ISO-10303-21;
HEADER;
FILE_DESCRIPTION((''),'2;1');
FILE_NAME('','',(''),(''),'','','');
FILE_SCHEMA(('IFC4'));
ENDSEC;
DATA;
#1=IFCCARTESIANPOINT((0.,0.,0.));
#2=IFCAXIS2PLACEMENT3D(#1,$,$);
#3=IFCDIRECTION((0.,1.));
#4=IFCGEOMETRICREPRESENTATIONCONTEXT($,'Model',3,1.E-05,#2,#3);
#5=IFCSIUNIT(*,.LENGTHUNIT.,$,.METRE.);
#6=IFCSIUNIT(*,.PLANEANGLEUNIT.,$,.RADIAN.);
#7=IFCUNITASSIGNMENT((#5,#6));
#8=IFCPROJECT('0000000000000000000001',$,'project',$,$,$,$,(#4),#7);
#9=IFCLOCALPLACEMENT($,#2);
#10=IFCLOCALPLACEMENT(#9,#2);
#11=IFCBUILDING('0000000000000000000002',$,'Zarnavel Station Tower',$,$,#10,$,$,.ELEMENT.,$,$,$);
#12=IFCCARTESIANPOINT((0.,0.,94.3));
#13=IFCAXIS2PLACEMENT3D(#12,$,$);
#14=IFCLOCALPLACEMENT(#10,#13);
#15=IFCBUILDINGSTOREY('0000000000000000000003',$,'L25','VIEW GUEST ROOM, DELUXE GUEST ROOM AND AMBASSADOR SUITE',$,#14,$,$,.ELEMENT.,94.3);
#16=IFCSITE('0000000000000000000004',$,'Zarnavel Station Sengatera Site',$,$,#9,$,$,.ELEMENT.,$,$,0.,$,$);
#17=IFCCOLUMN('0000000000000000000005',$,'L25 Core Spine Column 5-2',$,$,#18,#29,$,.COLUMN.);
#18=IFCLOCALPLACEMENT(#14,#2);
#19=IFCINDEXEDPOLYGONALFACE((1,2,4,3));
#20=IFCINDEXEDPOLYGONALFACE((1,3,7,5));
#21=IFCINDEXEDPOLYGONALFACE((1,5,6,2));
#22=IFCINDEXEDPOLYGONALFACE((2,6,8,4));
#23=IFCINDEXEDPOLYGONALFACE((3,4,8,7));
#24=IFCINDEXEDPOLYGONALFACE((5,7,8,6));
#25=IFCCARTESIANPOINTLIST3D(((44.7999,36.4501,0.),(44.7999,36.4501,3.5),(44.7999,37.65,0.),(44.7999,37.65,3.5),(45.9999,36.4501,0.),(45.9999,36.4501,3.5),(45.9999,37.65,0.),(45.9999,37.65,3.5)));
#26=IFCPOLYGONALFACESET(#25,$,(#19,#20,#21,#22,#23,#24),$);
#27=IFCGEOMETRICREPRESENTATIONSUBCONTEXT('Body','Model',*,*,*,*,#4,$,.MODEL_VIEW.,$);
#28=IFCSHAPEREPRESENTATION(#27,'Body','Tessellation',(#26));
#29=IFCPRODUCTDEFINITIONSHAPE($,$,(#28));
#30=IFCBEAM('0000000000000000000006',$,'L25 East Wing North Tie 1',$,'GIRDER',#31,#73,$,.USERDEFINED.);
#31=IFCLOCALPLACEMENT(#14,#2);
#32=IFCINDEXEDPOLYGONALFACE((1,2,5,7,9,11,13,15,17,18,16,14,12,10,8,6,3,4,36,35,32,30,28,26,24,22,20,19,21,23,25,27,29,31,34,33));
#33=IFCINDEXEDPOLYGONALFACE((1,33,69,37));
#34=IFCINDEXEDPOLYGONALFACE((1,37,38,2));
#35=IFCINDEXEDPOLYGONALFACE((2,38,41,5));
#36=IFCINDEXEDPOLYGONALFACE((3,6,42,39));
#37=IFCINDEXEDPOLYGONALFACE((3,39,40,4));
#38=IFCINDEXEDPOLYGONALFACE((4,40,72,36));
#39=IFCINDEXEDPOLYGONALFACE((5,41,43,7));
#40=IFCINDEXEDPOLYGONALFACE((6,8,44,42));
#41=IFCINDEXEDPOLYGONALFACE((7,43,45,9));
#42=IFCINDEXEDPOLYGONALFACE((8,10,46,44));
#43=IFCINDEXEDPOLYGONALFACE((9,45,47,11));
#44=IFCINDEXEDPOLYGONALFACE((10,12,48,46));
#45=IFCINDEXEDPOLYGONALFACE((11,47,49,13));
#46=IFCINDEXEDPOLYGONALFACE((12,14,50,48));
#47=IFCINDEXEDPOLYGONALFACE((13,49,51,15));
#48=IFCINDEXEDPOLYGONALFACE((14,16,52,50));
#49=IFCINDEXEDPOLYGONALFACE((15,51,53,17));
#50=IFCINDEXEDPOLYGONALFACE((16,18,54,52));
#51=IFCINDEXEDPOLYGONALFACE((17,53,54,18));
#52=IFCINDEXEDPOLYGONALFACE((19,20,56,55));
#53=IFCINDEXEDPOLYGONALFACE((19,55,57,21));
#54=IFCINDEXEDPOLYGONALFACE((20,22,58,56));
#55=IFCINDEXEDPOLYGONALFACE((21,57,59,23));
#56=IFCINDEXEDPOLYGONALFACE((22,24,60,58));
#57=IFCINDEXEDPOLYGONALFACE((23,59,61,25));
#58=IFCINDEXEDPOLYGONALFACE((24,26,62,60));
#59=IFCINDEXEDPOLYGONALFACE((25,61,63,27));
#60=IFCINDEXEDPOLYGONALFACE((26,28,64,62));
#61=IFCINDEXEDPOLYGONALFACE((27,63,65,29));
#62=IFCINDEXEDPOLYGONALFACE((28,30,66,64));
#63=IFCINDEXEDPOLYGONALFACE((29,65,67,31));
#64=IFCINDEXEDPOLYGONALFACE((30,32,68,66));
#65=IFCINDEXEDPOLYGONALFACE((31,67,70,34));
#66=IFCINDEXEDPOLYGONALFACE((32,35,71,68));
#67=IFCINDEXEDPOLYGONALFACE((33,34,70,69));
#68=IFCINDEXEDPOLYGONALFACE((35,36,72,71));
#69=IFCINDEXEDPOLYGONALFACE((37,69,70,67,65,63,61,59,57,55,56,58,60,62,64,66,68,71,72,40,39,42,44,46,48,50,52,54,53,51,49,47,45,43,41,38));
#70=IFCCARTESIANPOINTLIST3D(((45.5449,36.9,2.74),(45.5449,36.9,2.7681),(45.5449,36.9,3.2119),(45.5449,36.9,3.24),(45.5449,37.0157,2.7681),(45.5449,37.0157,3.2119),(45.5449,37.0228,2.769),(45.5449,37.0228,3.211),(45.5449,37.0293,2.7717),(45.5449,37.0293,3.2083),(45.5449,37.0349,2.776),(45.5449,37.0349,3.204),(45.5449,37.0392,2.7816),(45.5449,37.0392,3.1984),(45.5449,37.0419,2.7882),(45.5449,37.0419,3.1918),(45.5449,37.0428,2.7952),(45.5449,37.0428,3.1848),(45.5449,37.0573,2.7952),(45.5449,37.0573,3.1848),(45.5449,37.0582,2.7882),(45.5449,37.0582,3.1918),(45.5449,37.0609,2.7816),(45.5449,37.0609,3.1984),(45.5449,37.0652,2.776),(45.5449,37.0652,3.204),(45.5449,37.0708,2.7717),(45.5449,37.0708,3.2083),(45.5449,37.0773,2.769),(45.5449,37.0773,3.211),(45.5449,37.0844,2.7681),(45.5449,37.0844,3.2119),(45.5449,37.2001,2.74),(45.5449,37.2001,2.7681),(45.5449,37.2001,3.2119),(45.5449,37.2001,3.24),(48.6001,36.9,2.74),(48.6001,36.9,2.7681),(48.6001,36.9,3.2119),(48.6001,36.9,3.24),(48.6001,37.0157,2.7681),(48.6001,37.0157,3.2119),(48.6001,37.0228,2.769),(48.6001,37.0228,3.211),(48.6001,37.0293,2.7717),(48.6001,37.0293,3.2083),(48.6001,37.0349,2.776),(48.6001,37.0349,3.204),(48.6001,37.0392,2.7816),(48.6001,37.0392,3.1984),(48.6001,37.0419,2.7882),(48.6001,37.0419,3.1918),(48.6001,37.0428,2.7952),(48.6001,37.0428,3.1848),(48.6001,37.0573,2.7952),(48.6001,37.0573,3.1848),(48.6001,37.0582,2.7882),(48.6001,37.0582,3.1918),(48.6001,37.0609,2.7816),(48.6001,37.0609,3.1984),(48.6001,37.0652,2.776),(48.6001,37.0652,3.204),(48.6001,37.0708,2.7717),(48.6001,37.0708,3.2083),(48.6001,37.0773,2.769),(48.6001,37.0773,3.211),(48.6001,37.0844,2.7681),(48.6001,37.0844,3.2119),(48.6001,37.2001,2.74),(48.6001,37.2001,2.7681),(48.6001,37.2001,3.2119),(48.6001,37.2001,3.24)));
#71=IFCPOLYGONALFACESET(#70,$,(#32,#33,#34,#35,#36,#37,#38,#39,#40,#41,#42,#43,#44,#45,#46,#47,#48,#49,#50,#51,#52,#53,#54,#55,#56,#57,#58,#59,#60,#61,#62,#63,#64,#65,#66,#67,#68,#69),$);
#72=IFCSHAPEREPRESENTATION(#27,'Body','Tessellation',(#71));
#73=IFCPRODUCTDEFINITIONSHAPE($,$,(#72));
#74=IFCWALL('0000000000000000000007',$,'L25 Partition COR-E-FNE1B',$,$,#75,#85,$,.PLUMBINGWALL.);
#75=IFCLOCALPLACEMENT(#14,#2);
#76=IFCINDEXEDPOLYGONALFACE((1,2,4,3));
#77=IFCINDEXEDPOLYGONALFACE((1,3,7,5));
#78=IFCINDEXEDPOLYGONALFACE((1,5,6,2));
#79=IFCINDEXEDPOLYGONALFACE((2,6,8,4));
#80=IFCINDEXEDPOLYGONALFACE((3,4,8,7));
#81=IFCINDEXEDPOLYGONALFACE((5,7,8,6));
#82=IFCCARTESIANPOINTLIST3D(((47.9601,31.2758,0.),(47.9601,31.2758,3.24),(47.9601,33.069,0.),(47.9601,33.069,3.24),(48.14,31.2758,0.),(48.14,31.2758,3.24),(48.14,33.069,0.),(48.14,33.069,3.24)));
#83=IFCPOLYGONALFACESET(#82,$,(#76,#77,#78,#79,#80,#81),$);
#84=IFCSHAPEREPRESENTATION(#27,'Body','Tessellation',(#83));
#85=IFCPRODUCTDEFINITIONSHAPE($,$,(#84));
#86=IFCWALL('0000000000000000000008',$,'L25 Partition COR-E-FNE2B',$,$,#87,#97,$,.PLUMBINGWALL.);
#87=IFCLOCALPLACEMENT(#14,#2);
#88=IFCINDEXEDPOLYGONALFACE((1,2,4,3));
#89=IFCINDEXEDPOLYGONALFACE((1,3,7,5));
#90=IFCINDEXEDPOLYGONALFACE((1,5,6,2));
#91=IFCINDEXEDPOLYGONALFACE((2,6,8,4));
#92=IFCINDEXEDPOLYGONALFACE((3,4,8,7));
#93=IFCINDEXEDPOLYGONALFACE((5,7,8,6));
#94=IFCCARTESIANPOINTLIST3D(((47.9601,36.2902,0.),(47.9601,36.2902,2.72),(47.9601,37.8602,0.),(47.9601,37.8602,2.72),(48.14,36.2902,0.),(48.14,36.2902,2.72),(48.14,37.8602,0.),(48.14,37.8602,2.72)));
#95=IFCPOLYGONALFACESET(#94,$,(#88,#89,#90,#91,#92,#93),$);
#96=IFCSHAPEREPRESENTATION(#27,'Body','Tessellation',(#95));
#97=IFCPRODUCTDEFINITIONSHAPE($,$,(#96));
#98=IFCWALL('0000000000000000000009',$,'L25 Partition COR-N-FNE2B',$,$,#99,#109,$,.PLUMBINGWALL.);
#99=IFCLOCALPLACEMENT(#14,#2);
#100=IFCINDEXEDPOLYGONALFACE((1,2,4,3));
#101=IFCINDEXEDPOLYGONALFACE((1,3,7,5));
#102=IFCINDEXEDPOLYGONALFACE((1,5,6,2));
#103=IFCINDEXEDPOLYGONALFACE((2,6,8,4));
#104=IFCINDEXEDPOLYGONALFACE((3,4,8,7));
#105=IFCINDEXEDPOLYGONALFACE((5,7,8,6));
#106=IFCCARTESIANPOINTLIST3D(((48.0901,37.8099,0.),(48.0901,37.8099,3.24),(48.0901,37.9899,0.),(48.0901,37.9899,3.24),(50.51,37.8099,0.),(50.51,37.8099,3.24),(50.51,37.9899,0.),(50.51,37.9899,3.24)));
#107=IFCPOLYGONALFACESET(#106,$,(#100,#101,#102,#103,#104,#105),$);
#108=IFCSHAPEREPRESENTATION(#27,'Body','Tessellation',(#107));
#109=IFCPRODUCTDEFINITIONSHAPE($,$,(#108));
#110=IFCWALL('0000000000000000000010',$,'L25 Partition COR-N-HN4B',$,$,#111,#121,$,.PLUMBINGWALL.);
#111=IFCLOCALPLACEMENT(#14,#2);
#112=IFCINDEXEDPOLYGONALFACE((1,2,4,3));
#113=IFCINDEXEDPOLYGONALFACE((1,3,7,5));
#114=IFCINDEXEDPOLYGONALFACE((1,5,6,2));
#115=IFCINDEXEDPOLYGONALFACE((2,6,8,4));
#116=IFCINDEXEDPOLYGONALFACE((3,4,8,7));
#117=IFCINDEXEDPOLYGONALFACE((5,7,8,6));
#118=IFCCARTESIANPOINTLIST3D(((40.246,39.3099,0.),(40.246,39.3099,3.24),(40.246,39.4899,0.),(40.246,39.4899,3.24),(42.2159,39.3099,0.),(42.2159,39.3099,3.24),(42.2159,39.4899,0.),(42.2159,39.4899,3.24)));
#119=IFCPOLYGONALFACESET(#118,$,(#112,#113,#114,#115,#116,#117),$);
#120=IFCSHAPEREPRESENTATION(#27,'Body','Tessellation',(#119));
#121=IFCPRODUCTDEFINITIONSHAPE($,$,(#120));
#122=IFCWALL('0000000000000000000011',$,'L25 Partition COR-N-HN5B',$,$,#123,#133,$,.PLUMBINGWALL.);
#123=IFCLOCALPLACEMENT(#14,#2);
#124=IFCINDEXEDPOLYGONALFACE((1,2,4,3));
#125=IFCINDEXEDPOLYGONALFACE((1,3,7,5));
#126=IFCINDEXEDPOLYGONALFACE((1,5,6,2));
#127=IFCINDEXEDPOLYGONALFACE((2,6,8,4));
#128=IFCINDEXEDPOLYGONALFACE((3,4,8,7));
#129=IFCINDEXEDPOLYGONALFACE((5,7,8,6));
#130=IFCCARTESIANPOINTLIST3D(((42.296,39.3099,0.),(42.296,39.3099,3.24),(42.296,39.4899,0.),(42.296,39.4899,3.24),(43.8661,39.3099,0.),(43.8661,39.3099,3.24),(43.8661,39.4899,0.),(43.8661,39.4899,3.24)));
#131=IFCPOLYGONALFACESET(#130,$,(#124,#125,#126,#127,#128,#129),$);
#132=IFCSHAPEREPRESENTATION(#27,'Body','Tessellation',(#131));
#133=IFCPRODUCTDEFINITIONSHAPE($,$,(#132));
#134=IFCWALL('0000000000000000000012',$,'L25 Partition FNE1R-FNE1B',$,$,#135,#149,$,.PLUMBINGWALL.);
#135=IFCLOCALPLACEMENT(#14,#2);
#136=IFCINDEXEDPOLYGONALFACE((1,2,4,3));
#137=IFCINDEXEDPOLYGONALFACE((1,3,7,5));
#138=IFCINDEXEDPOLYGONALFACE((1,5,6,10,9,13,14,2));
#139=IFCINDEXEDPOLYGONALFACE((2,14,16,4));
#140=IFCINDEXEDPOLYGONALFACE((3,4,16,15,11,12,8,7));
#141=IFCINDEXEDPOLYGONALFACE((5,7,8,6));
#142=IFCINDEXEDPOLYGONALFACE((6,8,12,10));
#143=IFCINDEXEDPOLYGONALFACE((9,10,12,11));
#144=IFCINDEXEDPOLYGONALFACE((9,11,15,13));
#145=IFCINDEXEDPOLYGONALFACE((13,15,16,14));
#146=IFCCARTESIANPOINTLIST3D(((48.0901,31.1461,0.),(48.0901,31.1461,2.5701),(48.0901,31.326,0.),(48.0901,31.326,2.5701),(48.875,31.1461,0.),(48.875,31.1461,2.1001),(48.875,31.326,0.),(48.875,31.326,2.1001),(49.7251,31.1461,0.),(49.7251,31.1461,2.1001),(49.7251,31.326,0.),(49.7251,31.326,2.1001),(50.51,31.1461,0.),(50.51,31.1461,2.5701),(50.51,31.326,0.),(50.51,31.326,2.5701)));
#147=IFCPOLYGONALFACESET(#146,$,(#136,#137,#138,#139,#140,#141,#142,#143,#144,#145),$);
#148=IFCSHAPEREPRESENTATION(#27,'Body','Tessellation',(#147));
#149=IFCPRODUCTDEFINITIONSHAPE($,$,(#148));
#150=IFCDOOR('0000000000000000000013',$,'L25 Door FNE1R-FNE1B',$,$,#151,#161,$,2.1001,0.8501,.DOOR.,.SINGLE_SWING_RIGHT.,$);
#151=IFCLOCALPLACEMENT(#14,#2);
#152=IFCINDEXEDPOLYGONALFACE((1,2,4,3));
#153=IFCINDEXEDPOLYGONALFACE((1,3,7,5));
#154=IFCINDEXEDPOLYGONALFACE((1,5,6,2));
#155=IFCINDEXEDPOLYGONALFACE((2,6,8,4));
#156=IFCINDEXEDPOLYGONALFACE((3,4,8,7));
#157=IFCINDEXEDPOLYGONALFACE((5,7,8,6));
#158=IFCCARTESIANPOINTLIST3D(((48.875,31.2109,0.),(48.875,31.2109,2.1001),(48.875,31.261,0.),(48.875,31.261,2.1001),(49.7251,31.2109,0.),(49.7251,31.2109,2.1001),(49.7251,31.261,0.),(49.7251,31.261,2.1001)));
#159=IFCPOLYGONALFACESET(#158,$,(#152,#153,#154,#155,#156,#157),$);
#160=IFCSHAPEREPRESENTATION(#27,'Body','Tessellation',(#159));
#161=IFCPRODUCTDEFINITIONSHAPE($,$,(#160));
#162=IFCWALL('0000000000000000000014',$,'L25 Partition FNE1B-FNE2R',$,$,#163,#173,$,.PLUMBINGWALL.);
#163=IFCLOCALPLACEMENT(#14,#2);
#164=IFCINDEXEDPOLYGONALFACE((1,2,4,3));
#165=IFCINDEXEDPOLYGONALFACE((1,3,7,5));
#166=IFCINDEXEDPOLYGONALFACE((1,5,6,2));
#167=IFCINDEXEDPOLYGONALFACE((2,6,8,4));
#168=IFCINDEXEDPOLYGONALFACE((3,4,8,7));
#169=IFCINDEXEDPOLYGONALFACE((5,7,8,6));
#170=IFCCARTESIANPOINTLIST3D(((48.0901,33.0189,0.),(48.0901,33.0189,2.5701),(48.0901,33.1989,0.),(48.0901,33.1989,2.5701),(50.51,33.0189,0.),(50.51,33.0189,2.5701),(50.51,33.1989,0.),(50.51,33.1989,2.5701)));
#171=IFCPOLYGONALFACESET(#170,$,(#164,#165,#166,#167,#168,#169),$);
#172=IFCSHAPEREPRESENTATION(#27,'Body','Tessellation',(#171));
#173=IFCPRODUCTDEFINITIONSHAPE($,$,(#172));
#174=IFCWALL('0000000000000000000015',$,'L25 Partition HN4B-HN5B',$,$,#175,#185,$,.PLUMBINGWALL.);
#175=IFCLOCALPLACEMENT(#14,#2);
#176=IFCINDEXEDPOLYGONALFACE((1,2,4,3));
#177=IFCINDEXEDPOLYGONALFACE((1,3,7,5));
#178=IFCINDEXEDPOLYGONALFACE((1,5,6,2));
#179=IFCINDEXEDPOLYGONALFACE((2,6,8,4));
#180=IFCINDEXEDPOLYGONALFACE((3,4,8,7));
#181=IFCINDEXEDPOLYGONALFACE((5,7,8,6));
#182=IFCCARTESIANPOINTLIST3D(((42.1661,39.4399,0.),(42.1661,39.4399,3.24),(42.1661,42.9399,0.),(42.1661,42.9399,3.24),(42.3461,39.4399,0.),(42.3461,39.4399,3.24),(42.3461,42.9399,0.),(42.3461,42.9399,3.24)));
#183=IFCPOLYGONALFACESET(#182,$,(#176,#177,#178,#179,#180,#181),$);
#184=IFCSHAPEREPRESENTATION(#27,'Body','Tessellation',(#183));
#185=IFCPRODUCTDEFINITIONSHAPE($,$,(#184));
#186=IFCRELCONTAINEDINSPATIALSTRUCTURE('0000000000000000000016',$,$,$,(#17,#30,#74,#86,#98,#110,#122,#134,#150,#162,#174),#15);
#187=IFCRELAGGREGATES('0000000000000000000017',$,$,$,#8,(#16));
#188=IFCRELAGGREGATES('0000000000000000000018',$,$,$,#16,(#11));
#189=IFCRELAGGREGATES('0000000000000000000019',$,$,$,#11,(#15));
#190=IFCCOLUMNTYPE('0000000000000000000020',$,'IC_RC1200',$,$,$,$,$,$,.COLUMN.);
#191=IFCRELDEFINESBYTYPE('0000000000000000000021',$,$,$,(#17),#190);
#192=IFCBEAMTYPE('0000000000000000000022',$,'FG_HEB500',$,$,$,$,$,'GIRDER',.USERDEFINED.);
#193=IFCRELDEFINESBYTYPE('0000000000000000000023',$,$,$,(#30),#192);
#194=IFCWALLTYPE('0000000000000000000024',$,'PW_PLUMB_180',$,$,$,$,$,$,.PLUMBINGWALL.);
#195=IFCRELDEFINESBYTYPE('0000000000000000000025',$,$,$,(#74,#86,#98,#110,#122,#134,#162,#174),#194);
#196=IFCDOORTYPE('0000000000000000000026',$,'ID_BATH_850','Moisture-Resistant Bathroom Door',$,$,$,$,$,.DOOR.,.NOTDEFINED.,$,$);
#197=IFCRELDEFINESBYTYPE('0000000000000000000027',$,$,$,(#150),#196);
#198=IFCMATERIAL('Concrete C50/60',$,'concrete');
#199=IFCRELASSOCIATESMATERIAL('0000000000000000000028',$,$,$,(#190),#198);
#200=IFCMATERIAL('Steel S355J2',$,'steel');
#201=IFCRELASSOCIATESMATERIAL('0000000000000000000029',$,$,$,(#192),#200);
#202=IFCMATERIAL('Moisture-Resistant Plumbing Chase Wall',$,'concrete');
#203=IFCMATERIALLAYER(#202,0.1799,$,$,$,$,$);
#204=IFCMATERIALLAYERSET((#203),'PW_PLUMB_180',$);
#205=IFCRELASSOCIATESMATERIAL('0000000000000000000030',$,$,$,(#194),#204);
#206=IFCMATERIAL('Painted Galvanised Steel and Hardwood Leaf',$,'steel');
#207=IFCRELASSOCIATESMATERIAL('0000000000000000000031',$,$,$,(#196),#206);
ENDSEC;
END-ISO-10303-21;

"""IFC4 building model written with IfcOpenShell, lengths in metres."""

from ifc_helpers import new_model, si_unit, direction, frame, frame_2d, origin, origin_2d, place, context, subcontext, project, spatial, rectangle, i_section, extrude, material, layer, layer_set, material_profile, profile_set, type_object, element, fill, save


model = new_model("IFC4")

# Units and contexts
model_context = context("Model", 3, precision=1e-05, world=origin(), true_north=direction((0.0, 1.0)))
body_context = subcontext(model_context, "Body", "Model", "MODEL_VIEW")
ifc_project = project(units=[si_unit("LENGTHUNIT", "METRE"), si_unit("PLANEANGLEUNIT", "RADIAN")], contexts=[model_context])

# Site, building, storey
site_placement = place(None, origin())
site = spatial("IfcSite", under=ifc_project, at=site_placement, Name="Zarnavel Station Sengatera Site", CompositionType="ELEMENT", RefElevation=0.0)
building_placement = place(site_placement, origin())
building = spatial("IfcBuilding", under=site, at=building_placement, Name="Zarnavel Station Tower", CompositionType="ELEMENT")
storey_placement = place(building_placement, frame((0.0, 0.0, 94.3)))
storey = spatial("IfcBuildingStorey", under=building, at=storey_placement, Name="L25", Description="VIEW GUEST ROOM, DELUXE GUEST ROOM AND AMBASSADOR SUITE", CompositionType="ELEMENT", Elevation=94.3)

# Column
ifc_material_1 = material(Name="Concrete C50/60", Category="concrete")
ifc_material_profile_1 = material_profile(ifc_material_1, rectangle(XDim=1.2, YDim=1.2, at=origin_2d()), Name="RC1200x1200")
ifc_profile_set_1 = profile_set([ifc_material_profile_1], Name="Concrete C50/60")
column_type = type_object("IfcColumnType", Name="IC_RC1200", PredefinedType="COLUMN", material=ifc_profile_set_1)
column_placement = place(storey_placement, frame((45.3999, 37.05, 0.0), z_axis=(0.0, 0.0, 1.0), x_axis=(1.0, 0.0, 0.0)))
element("IfcColumn", 1, at=column_placement, inside=storey, type_object=column_type, Name="L25 Core Spine Column 5-2", PredefinedType="COLUMN", context=body_context, shape_type="SweptSolid", body=[
    extrude(rectangle(XDim=1.2, YDim=1.2, at=origin_2d()), origin(), (0.0, 0.0, 1.0), 3.5),
])

# Beam
ifc_material_2 = material(Name="Steel S355J2", Category="steel")
ifc_material_profile_2 = material_profile(ifc_material_2, i_section(OverallWidth=0.3, OverallDepth=0.5, WebThickness=0.0144, FlangeThickness=0.0281, FilletRadius=0.0271, at=origin_2d()), Name="HEB500")
ifc_profile_set_2 = profile_set([ifc_material_profile_2], Name="Steel S355J2")
beam_type = type_object("IfcBeamType", Name="FG_HEB500", ElementType="GIRDER", PredefinedType="USERDEFINED", material=ifc_profile_set_2)
beam_placement = place(storey_placement, frame((45.5449, 37.05, 2.99), z_axis=(1.0, 0.0, 0.0), x_axis=(0.0, 1.0, 0.0)))
element("IfcBeam", 2, at=beam_placement, inside=storey, type_object=beam_type, Name="L25 East Wing North Tie 1", ObjectType="GIRDER", PredefinedType="USERDEFINED", context=body_context, shape_type="SweptSolid", body=[
    extrude(i_section(OverallWidth=0.3, OverallDepth=0.5, WebThickness=0.0144, FlangeThickness=0.0281, FilletRadius=0.0271, at=origin_2d()), origin(), (0.0, 0.0, 1.0), 3.0552),
])

# Walls
ifc_material_3 = material(Name="Moisture-Resistant Plumbing Chase Wall", Category="concrete")
ifc_layer_1 = layer(ifc_material_3, 0.1799)
ifc_layer_set_1 = layer_set([ifc_layer_1], Name="PW_PLUMB_180")
wall_type_1 = type_object("IfcWallType", Name="PW_PLUMB_180", PredefinedType="PLUMBINGWALL", material=ifc_layer_set_1)
wall_1_placement = place(storey_placement, frame((48.05, 31.2759, 0.0), z_axis=(0.0, 0.0, 1.0), x_axis=(0.0, 1.0, 0.0)))
element("IfcWall", 3, at=wall_1_placement, inside=storey, type_object=wall_type_1, Name="L25 Partition COR-E-FNE1B", PredefinedType="PLUMBINGWALL", context=body_context, shape_type="SweptSolid", body=[
    extrude(rectangle(XDim=1.7932, YDim=0.1799, at=frame_2d((0.8965, 0.0))), origin(), (0.0, 0.0, 1.0), 3.24),
])
wall_2_placement = place(storey_placement, frame((48.05, 36.29, 0.0), z_axis=(0.0, 0.0, 1.0), x_axis=(0.0, 1.0, 0.0)))
element("IfcWall", 4, at=wall_2_placement, inside=storey, type_object=wall_type_1, Name="L25 Partition COR-E-FNE2B", PredefinedType="PLUMBINGWALL", context=body_context, shape_type="SweptSolid", body=[
    extrude(rectangle(XDim=1.5701, YDim=0.1799, at=frame_2d((0.7852, 0.0))), origin(), (0.0, 0.0, 1.0), 2.72),
])
wall_3_placement = place(storey_placement, frame((48.0901, 37.8999, 0.0), z_axis=(0.0, 0.0, 1.0), x_axis=(1.0, 0.0, 0.0)))
element("IfcWall", 5, at=wall_3_placement, inside=storey, type_object=wall_type_1, Name="L25 Partition COR-N-FNE2B", PredefinedType="PLUMBINGWALL", context=body_context, shape_type="SweptSolid", body=[
    extrude(rectangle(XDim=2.4199, YDim=0.1799, at=frame_2d((1.21, 0.0))), origin(), (0.0, 0.0, 1.0), 3.24),
])
wall_4_placement = place(storey_placement, frame((40.2461, 39.3999, 0.0), z_axis=(0.0, 0.0, 1.0), x_axis=(1.0, 0.0, 0.0)))
element("IfcWall", 6, at=wall_4_placement, inside=storey, type_object=wall_type_1, Name="L25 Partition COR-N-HN4B", PredefinedType="PLUMBINGWALL", context=body_context, shape_type="SweptSolid", body=[
    extrude(rectangle(XDim=1.97, YDim=0.1799, at=frame_2d((0.9849, 0.0))), origin(), (0.0, 0.0, 1.0), 3.24),
])
wall_5_placement = place(storey_placement, frame((42.2959, 39.3999, 0.0), z_axis=(0.0, 0.0, 1.0), x_axis=(1.0, 0.0, 0.0)))
element("IfcWall", 7, at=wall_5_placement, inside=storey, type_object=wall_type_1, Name="L25 Partition COR-N-HN5B", PredefinedType="PLUMBINGWALL", context=body_context, shape_type="SweptSolid", body=[
    extrude(rectangle(XDim=1.5701, YDim=0.1799, at=frame_2d((0.7852, 0.0))), origin(), (0.0, 0.0, 1.0), 3.24),
])

# Wall, opening, door
wall_6_placement = place(storey_placement, frame((48.0901, 31.2361, 0.0), z_axis=(0.0, 0.0, 1.0), x_axis=(1.0, 0.0, 0.0)))
wall_6 = element("IfcWall", 8, at=wall_6_placement, inside=storey, type_object=wall_type_1, Name="L25 Partition FNE1R-FNE1B", PredefinedType="PLUMBINGWALL", context=body_context, shape_type="SweptSolid", body=[
    extrude(rectangle(XDim=2.4199, YDim=0.1799, at=frame_2d((1.21, 0.0))), origin(), (0.0, 0.0, 1.0), 2.5701),
])
opening_1_placement = place(wall_6_placement, frame((0.7849, 0.0, 0.0)))
opening_1 = element("IfcOpeningElement", 9, at=opening_1_placement, cuts=wall_6, PredefinedType="OPENING", context=body_context, shape_type="SweptSolid", body=[
    extrude(rectangle(XDim=0.8501, YDim=2.1001, at=frame_2d((0.425, 1.05))), frame((0.0, 0.0999, 0.0), z_axis=(0.0, -1.0, 0.0), x_axis=(1.0, 0.0, 0.0)), (0.0, 0.0, 1.0), 0.2),
])
ifc_material_4 = material(Name="Painted Galvanised Steel and Hardwood Leaf", Category="steel")
door_type_1 = type_object("IfcDoorType", Name="ID_BATH_850", Description="Moisture-Resistant Bathroom Door", OperationType="NOTDEFINED", PredefinedType="DOOR", material=ifc_material_4)
door_1_placement = place(opening_1_placement, origin())
door_1 = element("IfcDoor", 10, at=door_1_placement, inside=storey, type_object=door_type_1, Name="L25 Door FNE1R-FNE1B", OperationType="SINGLE_SWING_RIGHT", OverallHeight=2.1001, OverallWidth=0.8501, PredefinedType="DOOR", context=body_context, shape_type="SweptSolid", body=[
    extrude(rectangle(XDim=0.8501, YDim=2.1001, at=frame_2d((0.425, 1.05))), frame((0.0, 0.0249, 0.0), z_axis=(0.0, -1.0, 0.0), x_axis=(1.0, 0.0, 0.0)), (0.0, 0.0, 1.0), 0.05),
])
fill(opening_1, door_1)

# Walls
wall_7_placement = place(storey_placement, frame((48.0901, 33.1089, 0.0), z_axis=(0.0, 0.0, 1.0), x_axis=(1.0, 0.0, 0.0)))
element("IfcWall", 11, at=wall_7_placement, inside=storey, type_object=wall_type_1, Name="L25 Partition FNE1B-FNE2R", PredefinedType="PLUMBINGWALL", context=body_context, shape_type="SweptSolid", body=[
    extrude(rectangle(XDim=2.4199, YDim=0.1799, at=frame_2d((1.21, 0.0))), origin(), (0.0, 0.0, 1.0), 2.5701),
])
wall_8_placement = place(storey_placement, frame((42.2561, 39.4399, 0.0), z_axis=(0.0, 0.0, 1.0), x_axis=(0.0, 1.0, 0.0)))
element("IfcWall", 12, at=wall_8_placement, inside=storey, type_object=wall_type_1, Name="L25 Partition HN4B-HN5B", PredefinedType="PLUMBINGWALL", context=body_context, shape_type="SweptSolid", body=[
    extrude(rectangle(XDim=3.5, YDim=0.1799, at=frame_2d((1.75, 0.0))), origin(), (0.0, 0.0, 1.0), 3.24),
])

save(model, "model.ifc")
